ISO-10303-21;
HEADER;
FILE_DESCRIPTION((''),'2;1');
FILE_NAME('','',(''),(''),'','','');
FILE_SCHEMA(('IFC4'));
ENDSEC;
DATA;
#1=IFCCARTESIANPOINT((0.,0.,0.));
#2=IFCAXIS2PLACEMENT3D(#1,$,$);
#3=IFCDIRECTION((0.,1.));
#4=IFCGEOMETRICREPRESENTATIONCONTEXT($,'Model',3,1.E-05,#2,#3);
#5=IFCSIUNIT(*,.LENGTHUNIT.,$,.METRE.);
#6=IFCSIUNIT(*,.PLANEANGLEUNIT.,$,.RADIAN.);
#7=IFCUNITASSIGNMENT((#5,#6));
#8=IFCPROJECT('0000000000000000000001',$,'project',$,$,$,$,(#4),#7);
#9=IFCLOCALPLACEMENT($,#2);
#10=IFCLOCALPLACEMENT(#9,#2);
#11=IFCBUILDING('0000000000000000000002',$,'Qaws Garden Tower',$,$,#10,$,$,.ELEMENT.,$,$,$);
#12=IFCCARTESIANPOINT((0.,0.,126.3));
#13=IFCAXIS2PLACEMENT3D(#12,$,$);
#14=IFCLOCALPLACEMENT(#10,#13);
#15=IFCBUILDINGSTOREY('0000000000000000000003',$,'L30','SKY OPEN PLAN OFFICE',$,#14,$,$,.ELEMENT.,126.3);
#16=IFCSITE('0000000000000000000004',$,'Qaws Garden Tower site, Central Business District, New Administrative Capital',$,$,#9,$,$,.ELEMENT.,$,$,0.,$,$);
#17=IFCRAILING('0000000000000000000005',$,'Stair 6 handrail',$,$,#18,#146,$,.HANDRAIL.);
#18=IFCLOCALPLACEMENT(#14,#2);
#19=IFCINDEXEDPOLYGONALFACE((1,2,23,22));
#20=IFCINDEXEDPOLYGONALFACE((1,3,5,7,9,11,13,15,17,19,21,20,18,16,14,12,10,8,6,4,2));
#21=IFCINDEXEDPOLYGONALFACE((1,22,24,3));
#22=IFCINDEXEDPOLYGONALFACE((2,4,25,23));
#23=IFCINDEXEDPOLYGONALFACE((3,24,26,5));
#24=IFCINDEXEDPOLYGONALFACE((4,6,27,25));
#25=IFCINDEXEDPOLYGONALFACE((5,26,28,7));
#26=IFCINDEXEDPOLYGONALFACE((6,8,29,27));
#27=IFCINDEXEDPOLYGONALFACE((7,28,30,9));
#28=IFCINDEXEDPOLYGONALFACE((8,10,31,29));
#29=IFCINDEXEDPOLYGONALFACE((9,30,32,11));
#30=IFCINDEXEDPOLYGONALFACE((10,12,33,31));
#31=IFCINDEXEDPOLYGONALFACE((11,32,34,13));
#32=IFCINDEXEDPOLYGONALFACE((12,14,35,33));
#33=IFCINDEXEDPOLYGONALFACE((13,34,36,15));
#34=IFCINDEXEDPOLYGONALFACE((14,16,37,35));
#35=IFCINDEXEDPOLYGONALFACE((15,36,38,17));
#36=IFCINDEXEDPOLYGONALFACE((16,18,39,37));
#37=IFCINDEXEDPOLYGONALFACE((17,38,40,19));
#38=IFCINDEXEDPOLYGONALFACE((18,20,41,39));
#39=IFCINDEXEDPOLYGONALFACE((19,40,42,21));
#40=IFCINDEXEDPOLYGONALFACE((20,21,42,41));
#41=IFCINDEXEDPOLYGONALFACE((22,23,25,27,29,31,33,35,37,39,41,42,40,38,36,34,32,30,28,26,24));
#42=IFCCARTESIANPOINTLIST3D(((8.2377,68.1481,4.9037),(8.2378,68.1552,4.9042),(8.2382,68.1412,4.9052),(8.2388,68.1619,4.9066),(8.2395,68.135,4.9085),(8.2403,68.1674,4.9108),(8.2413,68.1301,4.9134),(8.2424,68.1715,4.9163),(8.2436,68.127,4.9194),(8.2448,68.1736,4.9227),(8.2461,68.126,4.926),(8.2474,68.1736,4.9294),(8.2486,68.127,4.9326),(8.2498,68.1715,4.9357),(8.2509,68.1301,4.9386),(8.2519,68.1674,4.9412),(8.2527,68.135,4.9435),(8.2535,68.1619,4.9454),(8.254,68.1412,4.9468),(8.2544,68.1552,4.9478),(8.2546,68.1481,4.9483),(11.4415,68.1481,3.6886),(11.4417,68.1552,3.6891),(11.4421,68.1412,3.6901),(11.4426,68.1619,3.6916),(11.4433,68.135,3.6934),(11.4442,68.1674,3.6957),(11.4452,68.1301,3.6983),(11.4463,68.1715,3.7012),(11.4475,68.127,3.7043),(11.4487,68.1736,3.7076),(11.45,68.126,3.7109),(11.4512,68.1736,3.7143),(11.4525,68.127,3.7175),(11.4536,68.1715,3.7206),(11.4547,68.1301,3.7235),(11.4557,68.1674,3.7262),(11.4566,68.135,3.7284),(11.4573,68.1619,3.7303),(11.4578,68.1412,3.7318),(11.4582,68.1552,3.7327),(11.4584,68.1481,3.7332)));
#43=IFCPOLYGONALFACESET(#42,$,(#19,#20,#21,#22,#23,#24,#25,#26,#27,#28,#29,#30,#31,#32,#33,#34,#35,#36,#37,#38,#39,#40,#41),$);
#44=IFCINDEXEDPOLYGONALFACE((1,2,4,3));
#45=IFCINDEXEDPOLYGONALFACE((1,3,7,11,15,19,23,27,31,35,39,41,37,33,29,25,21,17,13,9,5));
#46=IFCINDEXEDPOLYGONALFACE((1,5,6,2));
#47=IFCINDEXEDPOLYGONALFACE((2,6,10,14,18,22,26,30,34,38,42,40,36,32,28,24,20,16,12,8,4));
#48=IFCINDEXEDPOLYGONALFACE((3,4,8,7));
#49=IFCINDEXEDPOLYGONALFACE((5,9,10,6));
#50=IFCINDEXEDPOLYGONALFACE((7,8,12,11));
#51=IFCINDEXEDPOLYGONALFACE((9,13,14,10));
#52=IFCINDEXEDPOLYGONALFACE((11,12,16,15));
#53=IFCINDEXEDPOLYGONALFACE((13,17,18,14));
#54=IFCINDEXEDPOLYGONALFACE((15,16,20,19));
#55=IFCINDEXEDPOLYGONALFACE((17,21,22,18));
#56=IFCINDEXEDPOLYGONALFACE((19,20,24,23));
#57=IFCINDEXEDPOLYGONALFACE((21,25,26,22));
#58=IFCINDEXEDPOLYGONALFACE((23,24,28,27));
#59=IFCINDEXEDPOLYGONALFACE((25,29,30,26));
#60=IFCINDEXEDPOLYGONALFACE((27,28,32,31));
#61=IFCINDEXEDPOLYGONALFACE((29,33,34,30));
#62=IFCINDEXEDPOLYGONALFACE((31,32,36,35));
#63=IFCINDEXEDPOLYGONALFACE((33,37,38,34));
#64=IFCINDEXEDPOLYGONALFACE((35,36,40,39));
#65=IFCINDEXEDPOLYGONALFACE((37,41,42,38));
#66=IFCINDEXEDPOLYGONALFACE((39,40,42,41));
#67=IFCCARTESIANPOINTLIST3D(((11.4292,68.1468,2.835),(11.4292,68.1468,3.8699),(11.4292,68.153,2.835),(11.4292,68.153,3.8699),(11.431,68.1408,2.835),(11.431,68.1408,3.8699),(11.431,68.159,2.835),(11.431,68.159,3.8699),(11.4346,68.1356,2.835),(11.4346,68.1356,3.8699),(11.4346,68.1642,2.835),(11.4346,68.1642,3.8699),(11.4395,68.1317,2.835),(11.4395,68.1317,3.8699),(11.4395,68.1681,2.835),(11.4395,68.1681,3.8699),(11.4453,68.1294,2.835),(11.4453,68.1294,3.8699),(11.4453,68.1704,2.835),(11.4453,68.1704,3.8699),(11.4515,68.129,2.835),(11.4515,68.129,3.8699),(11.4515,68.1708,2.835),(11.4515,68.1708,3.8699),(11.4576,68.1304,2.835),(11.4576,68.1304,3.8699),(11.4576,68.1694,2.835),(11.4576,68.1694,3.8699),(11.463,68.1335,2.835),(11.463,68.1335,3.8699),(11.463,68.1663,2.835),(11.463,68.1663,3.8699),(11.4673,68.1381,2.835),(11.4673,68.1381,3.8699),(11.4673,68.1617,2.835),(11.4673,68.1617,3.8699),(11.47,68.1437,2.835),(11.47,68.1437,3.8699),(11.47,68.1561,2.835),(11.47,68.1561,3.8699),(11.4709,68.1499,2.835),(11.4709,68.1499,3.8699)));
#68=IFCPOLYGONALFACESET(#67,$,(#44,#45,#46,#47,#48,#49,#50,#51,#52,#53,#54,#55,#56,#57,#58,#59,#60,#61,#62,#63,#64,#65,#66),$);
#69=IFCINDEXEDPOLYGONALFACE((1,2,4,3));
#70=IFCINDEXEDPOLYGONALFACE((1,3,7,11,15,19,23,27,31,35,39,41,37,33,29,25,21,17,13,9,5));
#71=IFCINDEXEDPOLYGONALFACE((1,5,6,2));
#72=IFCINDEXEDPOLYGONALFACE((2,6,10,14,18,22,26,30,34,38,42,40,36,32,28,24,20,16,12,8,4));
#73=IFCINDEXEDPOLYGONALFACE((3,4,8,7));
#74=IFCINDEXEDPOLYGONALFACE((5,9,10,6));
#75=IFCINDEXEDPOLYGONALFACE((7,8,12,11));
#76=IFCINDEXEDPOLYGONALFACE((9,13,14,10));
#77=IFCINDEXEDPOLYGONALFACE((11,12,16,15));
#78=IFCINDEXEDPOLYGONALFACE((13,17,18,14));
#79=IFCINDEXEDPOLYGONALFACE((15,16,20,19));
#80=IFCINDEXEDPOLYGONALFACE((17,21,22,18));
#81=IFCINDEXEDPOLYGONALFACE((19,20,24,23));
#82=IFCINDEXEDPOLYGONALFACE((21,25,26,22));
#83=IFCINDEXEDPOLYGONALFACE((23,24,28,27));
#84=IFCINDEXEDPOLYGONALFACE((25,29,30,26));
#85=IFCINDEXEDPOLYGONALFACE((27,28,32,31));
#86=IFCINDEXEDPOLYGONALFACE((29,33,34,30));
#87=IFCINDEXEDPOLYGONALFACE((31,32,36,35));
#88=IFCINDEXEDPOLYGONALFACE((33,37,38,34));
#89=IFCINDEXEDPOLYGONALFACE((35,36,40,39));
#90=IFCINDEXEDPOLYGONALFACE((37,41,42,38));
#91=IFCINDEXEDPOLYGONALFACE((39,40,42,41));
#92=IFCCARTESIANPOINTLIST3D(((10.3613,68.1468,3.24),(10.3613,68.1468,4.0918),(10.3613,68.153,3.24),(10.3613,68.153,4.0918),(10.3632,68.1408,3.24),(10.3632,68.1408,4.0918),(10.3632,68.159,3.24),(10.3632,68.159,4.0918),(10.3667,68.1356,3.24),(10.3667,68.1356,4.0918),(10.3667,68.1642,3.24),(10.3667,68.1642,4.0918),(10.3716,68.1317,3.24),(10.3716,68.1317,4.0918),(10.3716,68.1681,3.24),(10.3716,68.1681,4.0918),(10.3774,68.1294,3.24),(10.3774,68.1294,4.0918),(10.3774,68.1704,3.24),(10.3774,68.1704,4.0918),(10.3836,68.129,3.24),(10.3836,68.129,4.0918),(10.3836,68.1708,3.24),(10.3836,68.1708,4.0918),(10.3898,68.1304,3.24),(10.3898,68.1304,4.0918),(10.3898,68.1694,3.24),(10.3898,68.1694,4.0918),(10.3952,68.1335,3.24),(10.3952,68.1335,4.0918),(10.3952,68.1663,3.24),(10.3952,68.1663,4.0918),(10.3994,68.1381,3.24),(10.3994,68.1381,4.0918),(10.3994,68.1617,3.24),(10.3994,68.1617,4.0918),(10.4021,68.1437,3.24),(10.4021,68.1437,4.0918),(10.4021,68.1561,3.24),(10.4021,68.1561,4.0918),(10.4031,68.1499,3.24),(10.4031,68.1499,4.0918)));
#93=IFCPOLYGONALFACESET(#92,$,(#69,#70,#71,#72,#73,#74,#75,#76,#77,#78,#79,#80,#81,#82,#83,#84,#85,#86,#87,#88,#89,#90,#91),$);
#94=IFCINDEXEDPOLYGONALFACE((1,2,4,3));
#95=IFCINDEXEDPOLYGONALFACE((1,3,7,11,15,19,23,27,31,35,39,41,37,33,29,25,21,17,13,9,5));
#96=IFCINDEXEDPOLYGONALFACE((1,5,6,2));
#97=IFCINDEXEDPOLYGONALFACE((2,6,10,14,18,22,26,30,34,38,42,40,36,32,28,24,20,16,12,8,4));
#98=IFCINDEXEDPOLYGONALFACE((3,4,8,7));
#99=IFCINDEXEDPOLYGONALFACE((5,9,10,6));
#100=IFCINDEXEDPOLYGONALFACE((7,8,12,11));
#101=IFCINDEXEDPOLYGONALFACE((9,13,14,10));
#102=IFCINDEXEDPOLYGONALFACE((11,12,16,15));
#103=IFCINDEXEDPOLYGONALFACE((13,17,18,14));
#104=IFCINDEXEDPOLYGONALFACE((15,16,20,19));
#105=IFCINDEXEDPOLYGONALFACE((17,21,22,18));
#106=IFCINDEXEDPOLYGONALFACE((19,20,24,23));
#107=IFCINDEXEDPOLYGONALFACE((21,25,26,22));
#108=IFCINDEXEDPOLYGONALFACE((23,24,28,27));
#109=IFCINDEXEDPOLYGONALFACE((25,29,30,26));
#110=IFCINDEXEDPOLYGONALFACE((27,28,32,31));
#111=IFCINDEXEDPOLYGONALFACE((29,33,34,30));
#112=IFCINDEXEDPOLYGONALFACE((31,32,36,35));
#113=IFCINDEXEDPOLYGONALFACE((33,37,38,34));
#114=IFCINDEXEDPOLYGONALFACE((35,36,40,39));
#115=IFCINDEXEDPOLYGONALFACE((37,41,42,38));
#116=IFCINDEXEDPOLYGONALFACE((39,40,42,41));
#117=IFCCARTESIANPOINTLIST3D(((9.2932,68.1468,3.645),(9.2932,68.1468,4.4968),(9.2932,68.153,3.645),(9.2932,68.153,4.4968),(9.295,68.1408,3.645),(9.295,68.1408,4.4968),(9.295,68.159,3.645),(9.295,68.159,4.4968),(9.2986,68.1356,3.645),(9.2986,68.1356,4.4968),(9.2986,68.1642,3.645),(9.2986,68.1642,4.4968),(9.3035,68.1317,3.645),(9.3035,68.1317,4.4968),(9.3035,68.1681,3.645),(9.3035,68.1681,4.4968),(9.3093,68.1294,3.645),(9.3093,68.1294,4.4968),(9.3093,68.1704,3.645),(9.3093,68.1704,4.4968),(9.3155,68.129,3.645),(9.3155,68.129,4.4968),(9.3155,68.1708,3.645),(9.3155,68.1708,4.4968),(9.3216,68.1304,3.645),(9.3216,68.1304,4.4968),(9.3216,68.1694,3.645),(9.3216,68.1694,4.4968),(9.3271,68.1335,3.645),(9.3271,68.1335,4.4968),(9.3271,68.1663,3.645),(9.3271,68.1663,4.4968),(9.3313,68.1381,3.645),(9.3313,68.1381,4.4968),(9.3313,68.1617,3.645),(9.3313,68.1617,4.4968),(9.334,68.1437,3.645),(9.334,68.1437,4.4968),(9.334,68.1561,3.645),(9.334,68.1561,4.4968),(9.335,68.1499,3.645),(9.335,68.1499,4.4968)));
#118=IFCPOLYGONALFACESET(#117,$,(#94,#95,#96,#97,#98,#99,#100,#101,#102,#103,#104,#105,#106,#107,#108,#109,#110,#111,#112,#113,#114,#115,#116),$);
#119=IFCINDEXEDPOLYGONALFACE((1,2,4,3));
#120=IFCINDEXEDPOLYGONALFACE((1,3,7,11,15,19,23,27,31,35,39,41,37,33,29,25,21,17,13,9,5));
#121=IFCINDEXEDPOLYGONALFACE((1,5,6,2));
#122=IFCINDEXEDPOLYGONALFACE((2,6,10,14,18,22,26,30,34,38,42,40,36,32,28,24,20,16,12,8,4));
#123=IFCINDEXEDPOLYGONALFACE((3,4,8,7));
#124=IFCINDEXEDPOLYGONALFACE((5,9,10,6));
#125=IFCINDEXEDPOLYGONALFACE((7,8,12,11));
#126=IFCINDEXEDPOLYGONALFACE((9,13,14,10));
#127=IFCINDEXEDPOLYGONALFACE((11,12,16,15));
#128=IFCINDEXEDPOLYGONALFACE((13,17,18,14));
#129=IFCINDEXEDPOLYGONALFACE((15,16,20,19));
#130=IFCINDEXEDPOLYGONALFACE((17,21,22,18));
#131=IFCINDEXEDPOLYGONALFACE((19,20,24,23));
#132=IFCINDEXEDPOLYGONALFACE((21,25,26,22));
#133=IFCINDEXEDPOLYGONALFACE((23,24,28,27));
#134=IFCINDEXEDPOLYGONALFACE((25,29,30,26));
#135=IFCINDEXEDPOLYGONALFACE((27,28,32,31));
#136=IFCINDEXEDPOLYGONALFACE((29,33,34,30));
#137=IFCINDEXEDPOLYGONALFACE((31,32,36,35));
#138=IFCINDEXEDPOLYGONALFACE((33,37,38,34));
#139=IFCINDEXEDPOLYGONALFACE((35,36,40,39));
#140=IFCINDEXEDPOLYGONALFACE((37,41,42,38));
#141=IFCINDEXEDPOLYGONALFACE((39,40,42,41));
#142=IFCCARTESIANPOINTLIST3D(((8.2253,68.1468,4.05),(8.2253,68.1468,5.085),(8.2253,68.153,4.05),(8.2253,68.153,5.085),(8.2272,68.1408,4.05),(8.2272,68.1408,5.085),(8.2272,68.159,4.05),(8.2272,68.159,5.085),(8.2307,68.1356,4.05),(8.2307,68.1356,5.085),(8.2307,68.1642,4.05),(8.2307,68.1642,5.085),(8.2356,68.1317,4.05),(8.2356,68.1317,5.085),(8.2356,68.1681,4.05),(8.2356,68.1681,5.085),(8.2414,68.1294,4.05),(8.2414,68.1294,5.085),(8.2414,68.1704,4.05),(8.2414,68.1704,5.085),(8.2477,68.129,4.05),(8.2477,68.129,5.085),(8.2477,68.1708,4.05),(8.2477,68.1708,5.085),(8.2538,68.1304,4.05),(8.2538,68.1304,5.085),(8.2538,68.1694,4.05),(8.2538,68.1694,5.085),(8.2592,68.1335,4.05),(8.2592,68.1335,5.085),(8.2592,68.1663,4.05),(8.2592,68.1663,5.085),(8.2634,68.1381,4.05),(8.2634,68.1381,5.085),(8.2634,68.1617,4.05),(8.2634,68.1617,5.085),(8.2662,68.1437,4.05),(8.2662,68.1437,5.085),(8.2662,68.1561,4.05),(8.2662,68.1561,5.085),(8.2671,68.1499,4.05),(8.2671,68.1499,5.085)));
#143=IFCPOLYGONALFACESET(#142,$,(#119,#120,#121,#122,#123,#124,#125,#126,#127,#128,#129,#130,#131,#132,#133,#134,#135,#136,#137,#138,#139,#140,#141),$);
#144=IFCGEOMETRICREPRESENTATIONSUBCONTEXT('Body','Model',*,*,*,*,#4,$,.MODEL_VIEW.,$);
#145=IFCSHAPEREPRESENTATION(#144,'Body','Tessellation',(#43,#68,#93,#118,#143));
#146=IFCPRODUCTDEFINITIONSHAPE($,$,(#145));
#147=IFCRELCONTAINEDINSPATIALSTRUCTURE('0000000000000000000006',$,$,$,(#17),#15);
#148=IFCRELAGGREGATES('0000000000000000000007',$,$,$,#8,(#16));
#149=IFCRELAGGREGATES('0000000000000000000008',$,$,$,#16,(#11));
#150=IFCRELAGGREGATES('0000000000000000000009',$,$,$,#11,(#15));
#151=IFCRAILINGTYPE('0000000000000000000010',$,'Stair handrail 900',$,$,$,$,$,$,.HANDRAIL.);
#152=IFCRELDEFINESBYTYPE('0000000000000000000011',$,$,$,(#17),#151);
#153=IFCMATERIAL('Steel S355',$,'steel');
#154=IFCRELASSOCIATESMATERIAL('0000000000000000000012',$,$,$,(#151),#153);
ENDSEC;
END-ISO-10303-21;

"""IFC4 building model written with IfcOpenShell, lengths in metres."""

from ifc_helpers import new_model, si_unit, direction, frame, origin, origin_2d, place, context, subcontext, project, spatial, circle, extrude, material, type_object, element, save


model = new_model("IFC4")

# Units and contexts
model_context = context("Model", 3, precision=1e-05, world=origin(), true_north=direction((0.0, 1.0)))
body_context = subcontext(model_context, "Body", "Model", "MODEL_VIEW")
ifc_project = project(units=[si_unit("LENGTHUNIT", "METRE"), si_unit("PLANEANGLEUNIT", "RADIAN")], contexts=[model_context])

# Site, building, storey
site_placement = place(None, origin())
site = spatial("IfcSite", under=ifc_project, at=site_placement, Name="Qaws Garden Tower site, Central Business District, New Administrative Capital", CompositionType="ELEMENT", RefElevation=0.0)
building_placement = place(site_placement, origin())
building = spatial("IfcBuilding", under=site, at=building_placement, Name="Qaws Garden Tower", CompositionType="ELEMENT")
storey_placement = place(building_placement, frame((0.0, 0.0, 126.3)))
storey = spatial("IfcBuildingStorey", under=building, at=storey_placement, Name="L30", Description="SKY OPEN PLAN OFFICE", CompositionType="ELEMENT", Elevation=126.3)

# Railing
ifc_material_1 = material(Name="Steel S355", Category="steel")
railing_type = type_object("IfcRailingType", Name="Stair handrail 900", PredefinedType="HANDRAIL", material=ifc_material_1)
railing_1_placement = place(storey_placement, frame((11.45, 68.1499, 2.835)))
element("IfcRailing", 1, at=railing_1_placement, inside=storey, type_object=railing_type, Name="Stair 6 handrail", PredefinedType="HANDRAIL", context=body_context, shape_type="SweptSolid", body=[
    extrude(circle(Radius=0.0239, at=origin_2d()), frame((0.0, 0.0, 0.876), z_axis=(-0.935014, 0.0, 0.354611), x_axis=(0.0, -1.0, 0.0)), (0.0, 0.0, 1.0), 3.4265),
    extrude(circle(Radius=0.021, at=origin_2d()), origin(), (0.0, 0.0, 1.0), 1.0349),
    extrude(circle(Radius=0.021, at=origin_2d()), frame((-1.0679, 0.0, 0.405)), (0.0, 0.0, 1.0), 0.8518),
    extrude(circle(Radius=0.021, at=origin_2d()), frame((-2.136, 0.0, 0.8101)), (0.0, 0.0, 1.0), 0.8518),
    extrude(circle(Radius=0.021, at=origin_2d()), frame((-3.2039, 0.0, 1.2151)), (0.0, 0.0, 1.0), 1.0349),
])

save(model, "model.ifc")
